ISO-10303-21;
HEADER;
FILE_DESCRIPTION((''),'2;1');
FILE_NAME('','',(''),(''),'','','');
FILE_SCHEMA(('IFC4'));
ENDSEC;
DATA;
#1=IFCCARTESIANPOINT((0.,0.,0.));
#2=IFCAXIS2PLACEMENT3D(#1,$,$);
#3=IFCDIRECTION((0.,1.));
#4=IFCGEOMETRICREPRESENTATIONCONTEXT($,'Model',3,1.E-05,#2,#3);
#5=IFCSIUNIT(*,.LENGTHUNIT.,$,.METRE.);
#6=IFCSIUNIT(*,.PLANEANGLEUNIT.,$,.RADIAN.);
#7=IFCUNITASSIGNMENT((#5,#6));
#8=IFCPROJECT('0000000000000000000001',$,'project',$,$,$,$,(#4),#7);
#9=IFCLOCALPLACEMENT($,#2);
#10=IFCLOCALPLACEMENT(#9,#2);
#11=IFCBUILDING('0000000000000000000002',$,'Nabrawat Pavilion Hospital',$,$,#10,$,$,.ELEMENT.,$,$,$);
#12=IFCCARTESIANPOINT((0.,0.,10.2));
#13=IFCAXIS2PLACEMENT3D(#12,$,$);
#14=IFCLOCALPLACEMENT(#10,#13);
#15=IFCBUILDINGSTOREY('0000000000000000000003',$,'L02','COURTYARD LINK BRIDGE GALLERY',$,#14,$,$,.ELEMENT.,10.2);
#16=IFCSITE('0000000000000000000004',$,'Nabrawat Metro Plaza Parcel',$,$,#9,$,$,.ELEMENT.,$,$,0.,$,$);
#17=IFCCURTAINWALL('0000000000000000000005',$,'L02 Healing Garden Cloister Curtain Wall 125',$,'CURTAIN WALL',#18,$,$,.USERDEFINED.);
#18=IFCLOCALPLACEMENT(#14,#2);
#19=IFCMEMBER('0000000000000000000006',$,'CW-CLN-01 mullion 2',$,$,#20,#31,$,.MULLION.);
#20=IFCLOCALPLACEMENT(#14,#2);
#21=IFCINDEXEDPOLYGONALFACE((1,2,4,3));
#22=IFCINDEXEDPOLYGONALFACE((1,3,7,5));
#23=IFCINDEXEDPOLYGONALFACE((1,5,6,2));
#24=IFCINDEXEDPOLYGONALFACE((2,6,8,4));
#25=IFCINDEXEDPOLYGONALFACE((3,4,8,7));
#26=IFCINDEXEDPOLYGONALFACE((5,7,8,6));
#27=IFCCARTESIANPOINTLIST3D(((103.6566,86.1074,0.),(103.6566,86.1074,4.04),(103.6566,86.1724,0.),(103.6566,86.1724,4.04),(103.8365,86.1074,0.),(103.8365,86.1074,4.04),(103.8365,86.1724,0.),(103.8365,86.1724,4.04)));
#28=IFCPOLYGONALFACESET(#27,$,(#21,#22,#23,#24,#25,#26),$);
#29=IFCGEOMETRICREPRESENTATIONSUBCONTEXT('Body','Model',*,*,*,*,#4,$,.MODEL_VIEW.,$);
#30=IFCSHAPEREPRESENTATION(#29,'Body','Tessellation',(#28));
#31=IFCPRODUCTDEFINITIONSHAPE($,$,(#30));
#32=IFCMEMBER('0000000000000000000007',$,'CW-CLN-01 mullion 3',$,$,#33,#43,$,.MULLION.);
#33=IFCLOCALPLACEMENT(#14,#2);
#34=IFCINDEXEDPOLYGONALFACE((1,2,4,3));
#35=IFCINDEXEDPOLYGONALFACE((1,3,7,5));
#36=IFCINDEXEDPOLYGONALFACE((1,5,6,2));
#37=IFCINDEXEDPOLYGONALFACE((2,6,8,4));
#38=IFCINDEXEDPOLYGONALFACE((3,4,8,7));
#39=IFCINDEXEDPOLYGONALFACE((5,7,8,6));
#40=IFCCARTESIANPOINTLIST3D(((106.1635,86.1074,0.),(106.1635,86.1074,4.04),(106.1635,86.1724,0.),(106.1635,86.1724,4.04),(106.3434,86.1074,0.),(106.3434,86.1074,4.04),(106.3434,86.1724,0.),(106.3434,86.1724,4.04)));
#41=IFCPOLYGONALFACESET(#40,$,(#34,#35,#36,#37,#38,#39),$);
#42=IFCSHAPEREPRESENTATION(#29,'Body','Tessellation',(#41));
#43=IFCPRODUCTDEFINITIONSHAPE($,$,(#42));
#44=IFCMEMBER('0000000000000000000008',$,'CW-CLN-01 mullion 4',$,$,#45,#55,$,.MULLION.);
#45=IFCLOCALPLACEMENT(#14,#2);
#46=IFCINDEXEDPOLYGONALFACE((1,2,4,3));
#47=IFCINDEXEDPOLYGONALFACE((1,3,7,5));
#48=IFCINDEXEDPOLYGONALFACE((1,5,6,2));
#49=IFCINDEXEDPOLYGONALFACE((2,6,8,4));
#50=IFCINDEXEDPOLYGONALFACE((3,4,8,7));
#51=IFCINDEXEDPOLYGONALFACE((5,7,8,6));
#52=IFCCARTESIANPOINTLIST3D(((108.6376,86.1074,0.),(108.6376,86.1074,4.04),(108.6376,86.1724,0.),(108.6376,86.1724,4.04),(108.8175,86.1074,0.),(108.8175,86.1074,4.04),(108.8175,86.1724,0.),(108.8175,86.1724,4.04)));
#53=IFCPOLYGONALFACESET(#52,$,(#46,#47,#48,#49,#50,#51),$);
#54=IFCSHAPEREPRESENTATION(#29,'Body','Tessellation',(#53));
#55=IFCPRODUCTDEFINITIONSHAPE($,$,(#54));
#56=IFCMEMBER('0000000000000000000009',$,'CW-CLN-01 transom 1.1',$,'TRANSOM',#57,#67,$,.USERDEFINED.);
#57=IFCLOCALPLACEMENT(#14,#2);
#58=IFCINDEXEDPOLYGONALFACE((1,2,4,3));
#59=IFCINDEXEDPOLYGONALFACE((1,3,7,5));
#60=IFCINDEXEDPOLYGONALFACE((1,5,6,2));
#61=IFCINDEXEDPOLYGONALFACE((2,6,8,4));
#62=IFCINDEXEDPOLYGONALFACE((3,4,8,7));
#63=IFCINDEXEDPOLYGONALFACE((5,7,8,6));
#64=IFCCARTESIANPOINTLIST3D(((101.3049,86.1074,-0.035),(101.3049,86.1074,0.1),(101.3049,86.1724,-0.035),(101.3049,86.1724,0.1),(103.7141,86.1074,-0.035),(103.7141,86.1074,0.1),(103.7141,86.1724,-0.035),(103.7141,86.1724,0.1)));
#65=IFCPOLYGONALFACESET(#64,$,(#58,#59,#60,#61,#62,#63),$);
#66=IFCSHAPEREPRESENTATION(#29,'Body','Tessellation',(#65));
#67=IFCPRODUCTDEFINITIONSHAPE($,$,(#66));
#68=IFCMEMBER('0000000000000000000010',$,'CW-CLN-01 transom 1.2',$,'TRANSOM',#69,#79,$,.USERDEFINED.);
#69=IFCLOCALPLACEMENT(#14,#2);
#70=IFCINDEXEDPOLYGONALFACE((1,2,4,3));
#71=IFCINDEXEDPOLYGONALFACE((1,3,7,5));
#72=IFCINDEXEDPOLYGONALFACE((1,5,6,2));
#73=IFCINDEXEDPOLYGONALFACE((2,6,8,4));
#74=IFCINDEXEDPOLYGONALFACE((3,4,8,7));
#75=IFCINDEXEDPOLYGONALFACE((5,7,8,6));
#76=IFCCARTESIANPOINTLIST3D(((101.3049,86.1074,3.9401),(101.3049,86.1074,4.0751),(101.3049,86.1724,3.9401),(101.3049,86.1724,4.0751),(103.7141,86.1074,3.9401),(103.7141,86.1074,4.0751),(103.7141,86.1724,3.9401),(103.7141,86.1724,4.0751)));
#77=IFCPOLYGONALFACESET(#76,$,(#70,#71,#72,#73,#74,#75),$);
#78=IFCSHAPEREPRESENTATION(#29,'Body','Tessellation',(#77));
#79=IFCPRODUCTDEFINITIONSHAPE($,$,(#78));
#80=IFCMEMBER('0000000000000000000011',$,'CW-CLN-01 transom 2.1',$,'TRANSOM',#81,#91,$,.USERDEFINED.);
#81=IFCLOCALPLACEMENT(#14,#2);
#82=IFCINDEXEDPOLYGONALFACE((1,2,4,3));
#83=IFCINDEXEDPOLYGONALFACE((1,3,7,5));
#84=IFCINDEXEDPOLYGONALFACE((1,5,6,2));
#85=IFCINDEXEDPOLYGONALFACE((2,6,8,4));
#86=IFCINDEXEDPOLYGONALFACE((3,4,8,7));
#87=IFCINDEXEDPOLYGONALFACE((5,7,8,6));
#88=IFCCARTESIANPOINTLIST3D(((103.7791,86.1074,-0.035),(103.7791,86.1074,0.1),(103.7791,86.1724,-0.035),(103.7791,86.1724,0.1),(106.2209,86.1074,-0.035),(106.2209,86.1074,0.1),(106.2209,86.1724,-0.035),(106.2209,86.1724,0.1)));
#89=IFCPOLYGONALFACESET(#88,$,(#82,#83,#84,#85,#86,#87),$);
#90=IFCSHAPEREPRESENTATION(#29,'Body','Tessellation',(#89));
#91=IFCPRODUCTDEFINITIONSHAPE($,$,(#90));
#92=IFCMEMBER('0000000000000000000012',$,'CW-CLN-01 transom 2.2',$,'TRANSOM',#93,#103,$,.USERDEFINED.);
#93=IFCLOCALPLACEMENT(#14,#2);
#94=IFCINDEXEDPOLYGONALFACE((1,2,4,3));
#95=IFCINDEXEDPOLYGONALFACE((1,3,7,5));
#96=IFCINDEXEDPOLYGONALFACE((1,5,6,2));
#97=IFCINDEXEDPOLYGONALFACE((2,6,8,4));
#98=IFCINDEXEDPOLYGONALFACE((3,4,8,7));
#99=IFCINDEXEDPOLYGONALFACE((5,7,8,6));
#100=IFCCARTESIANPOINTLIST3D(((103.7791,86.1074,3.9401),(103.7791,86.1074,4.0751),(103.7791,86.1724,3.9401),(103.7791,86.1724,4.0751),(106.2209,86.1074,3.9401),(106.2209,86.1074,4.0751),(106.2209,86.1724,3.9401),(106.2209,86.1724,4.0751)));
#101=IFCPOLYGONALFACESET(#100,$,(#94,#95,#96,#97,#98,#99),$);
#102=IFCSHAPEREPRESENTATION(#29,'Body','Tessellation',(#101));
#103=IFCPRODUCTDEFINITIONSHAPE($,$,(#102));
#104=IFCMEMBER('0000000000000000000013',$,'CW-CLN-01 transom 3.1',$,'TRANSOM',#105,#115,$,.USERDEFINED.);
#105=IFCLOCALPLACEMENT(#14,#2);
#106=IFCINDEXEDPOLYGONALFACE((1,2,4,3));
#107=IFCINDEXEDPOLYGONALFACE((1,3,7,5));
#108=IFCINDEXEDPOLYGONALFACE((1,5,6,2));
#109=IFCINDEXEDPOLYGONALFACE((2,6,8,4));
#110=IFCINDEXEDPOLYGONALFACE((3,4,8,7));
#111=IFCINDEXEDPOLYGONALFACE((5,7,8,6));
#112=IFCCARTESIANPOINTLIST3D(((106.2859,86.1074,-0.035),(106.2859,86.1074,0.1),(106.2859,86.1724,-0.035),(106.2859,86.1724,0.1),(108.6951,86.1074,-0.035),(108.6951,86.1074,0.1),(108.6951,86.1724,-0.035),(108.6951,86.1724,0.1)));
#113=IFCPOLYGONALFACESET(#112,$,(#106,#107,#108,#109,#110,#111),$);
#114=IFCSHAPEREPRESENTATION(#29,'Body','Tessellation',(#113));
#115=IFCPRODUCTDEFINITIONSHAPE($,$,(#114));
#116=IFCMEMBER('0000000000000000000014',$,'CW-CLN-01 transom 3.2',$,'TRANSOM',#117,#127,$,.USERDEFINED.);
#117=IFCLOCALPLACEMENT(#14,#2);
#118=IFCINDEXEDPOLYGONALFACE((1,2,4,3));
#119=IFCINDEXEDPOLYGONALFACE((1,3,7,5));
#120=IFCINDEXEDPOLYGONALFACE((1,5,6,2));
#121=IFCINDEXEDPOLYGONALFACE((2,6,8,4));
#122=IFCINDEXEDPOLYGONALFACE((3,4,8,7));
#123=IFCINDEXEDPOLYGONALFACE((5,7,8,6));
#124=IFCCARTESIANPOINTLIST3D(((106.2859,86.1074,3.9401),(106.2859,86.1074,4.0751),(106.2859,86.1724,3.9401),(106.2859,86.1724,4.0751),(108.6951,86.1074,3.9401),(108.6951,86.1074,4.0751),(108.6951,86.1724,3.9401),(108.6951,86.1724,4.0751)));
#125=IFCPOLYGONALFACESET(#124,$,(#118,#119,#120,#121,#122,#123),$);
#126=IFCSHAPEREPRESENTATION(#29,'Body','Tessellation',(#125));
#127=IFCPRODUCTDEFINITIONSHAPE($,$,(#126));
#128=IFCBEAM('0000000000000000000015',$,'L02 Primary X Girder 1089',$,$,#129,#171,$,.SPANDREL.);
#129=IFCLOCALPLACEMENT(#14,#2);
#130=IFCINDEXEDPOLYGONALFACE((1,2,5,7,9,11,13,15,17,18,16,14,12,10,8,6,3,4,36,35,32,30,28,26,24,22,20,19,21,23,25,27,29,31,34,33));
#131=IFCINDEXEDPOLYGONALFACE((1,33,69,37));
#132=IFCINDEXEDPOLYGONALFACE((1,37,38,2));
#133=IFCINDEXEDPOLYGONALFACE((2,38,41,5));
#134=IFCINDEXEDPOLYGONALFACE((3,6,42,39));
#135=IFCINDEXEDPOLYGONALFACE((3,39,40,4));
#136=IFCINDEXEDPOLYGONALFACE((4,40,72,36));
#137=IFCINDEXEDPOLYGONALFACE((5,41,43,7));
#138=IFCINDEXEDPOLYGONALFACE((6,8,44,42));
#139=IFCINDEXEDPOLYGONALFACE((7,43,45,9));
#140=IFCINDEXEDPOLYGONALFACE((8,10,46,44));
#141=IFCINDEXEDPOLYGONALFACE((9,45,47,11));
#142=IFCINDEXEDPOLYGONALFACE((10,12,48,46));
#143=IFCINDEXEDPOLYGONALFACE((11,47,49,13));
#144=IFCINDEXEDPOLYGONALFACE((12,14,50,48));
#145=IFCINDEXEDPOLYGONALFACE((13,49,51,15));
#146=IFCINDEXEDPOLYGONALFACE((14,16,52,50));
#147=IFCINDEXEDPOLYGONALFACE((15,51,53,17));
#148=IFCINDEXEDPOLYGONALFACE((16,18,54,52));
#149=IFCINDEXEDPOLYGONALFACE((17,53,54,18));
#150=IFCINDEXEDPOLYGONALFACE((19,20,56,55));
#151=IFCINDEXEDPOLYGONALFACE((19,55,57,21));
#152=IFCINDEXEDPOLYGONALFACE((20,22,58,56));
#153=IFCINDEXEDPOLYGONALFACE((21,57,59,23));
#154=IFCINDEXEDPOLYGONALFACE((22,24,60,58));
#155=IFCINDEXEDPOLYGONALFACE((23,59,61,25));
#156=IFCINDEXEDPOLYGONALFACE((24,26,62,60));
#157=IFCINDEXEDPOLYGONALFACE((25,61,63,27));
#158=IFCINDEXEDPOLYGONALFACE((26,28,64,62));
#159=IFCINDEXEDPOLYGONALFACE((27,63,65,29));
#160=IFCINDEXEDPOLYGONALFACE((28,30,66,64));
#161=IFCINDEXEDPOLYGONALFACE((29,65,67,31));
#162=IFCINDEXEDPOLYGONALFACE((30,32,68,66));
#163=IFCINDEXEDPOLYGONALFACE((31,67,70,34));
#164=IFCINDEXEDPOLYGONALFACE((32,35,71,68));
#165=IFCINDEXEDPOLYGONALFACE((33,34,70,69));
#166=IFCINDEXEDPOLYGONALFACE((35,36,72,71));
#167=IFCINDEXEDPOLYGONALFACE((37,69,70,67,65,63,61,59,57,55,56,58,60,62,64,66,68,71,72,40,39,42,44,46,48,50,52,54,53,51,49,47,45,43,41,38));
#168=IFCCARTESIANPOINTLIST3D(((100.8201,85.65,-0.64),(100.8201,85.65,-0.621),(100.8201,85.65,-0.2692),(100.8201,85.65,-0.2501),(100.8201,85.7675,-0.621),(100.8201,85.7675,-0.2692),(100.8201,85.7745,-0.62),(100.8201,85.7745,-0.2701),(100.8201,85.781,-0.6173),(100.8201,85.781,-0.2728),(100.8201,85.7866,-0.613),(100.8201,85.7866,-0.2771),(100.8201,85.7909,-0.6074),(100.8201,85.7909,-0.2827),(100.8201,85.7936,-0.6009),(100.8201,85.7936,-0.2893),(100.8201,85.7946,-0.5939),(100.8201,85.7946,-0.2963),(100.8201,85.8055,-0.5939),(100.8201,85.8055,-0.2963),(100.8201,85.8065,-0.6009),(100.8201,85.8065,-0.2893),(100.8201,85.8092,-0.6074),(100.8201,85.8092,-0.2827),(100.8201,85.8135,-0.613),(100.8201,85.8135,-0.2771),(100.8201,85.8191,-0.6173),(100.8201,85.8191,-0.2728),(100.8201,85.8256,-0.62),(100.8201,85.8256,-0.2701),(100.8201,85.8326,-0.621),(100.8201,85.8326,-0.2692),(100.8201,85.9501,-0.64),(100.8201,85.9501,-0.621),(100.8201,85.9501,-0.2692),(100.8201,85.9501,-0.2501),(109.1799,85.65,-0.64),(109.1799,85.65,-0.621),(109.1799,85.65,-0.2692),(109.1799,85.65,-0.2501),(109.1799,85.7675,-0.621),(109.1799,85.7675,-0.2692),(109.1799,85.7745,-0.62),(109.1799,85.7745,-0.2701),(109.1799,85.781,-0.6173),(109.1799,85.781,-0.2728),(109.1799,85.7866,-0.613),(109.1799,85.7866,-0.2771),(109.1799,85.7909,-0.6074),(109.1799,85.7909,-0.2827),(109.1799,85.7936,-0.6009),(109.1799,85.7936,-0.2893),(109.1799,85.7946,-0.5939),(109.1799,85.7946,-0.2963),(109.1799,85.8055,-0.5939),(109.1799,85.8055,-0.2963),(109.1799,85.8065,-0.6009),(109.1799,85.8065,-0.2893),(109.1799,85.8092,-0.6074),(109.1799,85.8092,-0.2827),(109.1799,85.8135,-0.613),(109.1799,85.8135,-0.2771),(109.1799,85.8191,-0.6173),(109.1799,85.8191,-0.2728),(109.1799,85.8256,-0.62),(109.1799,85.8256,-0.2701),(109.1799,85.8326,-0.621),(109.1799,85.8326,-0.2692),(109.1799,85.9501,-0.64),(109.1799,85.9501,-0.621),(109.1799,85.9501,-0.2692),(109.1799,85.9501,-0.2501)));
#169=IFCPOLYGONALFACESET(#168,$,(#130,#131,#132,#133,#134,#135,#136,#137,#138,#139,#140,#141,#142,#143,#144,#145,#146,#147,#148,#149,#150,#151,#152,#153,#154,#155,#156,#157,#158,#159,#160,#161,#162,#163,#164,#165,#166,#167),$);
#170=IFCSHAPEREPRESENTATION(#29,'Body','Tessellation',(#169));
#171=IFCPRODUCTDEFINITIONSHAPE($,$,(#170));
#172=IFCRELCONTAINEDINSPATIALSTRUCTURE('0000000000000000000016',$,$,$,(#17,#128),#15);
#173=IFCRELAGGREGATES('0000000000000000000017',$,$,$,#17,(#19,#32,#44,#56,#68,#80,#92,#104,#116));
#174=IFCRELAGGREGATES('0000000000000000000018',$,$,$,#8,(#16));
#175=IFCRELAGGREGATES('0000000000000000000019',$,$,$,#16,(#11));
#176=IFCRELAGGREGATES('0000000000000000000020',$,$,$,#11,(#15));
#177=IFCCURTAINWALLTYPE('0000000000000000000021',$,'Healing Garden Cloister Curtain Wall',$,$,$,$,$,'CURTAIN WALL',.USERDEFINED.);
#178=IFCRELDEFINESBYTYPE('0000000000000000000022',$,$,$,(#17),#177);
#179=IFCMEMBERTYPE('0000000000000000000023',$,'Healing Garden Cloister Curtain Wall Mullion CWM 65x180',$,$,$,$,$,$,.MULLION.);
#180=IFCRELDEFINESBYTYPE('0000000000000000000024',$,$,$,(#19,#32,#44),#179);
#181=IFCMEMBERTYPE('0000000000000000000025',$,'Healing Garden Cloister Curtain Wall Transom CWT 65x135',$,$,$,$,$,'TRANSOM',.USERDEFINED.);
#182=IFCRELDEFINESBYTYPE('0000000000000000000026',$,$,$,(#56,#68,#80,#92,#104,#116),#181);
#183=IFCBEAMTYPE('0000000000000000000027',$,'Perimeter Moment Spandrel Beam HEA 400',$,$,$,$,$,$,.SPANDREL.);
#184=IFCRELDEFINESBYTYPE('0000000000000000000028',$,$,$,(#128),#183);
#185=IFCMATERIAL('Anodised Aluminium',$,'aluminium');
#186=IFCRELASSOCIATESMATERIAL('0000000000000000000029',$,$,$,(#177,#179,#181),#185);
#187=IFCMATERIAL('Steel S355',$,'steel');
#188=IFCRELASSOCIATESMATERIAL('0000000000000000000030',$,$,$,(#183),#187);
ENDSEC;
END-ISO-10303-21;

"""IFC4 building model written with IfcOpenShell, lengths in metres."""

from ifc_helpers import new_model, si_unit, direction, frame, origin, origin_2d, place, context, subcontext, project, spatial, rectangle, i_section, extrude, material, material_profile, profile_set, type_object, element, aggregate, save


model = new_model("IFC4")

# Units and contexts
model_context = context("Model", 3, precision=1e-05, world=origin(), true_north=direction((0.0, 1.0)))
body_context = subcontext(model_context, "Body", "Model", "MODEL_VIEW")
ifc_project = project(units=[si_unit("LENGTHUNIT", "METRE"), si_unit("PLANEANGLEUNIT", "RADIAN")], contexts=[model_context])

# Site, building, storey
site_placement = place(None, origin())
site = spatial("IfcSite", under=ifc_project, at=site_placement, Name="Nabrawat Metro Plaza Parcel", CompositionType="ELEMENT", RefElevation=0.0)
building_placement = place(site_placement, origin())
building = spatial("IfcBuilding", under=site, at=building_placement, Name="Nabrawat Pavilion Hospital", CompositionType="ELEMENT")
storey_placement = place(building_placement, frame((0.0, 0.0, 10.2)))
storey = spatial("IfcBuildingStorey", under=building, at=storey_placement, Name="L02", Description="COURTYARD LINK BRIDGE GALLERY", CompositionType="ELEMENT", Elevation=10.2)

# Shared definitions
ifc_material_1 = material(Name="Steel S355", Category="steel")

# Shared definitions
ifc_material_2 = material(Name="Anodised Aluminium", Category="aluminium")

# Curtain wall, members
curtain_wall_type_1 = type_object("IfcCurtainWallType", Name="Healing Garden Cloister Curtain Wall", ElementType="CURTAIN WALL", PredefinedType="USERDEFINED", material=ifc_material_2)
curtain_wall_1_placement = place(storey_placement, origin())
curtain_wall_1 = element("IfcCurtainWall", 1, at=curtain_wall_1_placement, inside=storey, type_object=curtain_wall_type_1, Name="L02 Healing Garden Cloister Curtain Wall 125", ObjectType="CURTAIN WALL", PredefinedType="USERDEFINED")
ifc_material_profile_1 = material_profile(ifc_material_2, rectangle(XDim=0.0649, YDim=0.1799, at=origin_2d()), Name="CWM 65x180")
ifc_profile_set_1 = profile_set([ifc_material_profile_1], Name="Anodised Aluminium")
member_type_1 = type_object("IfcMemberType", Name="Healing Garden Cloister Curtain Wall Mullion CWM 65x180", PredefinedType="MULLION", material=ifc_profile_set_1)
member_1_placement = place(storey_placement, frame((103.7466, 86.1399, 0.0), z_axis=(0.0, 0.0, 1.0), x_axis=(0.0, 1.0, 0.0)))
member_1 = element("IfcMember", 2, at=member_1_placement, type_object=member_type_1, Name="CW-CLN-01 mullion 2", PredefinedType="MULLION", context=body_context, shape_type="SweptSolid", body=[
    extrude(rectangle(XDim=0.0649, YDim=0.1799, at=origin_2d()), origin(), (0.0, 0.0, 1.0), 4.04),
])
member_2_placement = place(storey_placement, frame((106.2534, 86.1399, 0.0), z_axis=(0.0, 0.0, 1.0), x_axis=(0.0, 1.0, 0.0)))
member_2 = element("IfcMember", 3, at=member_2_placement, type_object=member_type_1, Name="CW-CLN-01 mullion 3", PredefinedType="MULLION", context=body_context, shape_type="SweptSolid", body=[
    extrude(rectangle(XDim=0.0649, YDim=0.1799, at=origin_2d()), origin(), (0.0, 0.0, 1.0), 4.04),
])
member_3_placement = place(storey_placement, frame((108.7275, 86.1399, 0.0), z_axis=(0.0, 0.0, 1.0), x_axis=(0.0, 1.0, 0.0)))
member_3 = element("IfcMember", 4, at=member_3_placement, type_object=member_type_1, Name="CW-CLN-01 mullion 4", PredefinedType="MULLION", context=body_context, shape_type="SweptSolid", body=[
    extrude(rectangle(XDim=0.0649, YDim=0.1799, at=origin_2d()), origin(), (0.0, 0.0, 1.0), 4.04),
])
ifc_material_profile_2 = material_profile(ifc_material_2, rectangle(XDim=0.0649, YDim=0.135, at=origin_2d()), Name="CWT 65x135")
ifc_profile_set_2 = profile_set([ifc_material_profile_2], Name="Anodised Aluminium")
member_type_2 = type_object("IfcMemberType", Name="Healing Garden Cloister Curtain Wall Transom CWT 65x135", ElementType="TRANSOM", PredefinedType="USERDEFINED", material=ifc_profile_set_2)
member_4_placement = place(storey_placement, frame((101.3049, 86.1399, 0.0325), z_axis=(1.0, 0.0, 0.0), x_axis=(0.0, 1.0, 0.0)))
member_4 = element("IfcMember", 5, at=member_4_placement, type_object=member_type_2, Name="CW-CLN-01 transom 1.1", ObjectType="TRANSOM", PredefinedType="USERDEFINED", context=body_context, shape_type="SweptSolid", body=[
    extrude(rectangle(XDim=0.0649, YDim=0.135, at=origin_2d()), origin(), (0.0, 0.0, 1.0), 2.4092),
])
member_5_placement = place(storey_placement, frame((101.3049, 86.1399, 4.0076), z_axis=(1.0, 0.0, 0.0), x_axis=(0.0, 1.0, 0.0)))
member_5 = element("IfcMember", 6, at=member_5_placement, type_object=member_type_2, Name="CW-CLN-01 transom 1.2", ObjectType="TRANSOM", PredefinedType="USERDEFINED", context=body_context, shape_type="SweptSolid", body=[
    extrude(rectangle(XDim=0.0649, YDim=0.135, at=origin_2d()), origin(), (0.0, 0.0, 1.0), 2.4092),
])
member_6_placement = place(storey_placement, frame((103.7791, 86.1399, 0.0325), z_axis=(1.0, 0.0, 0.0), x_axis=(0.0, 1.0, 0.0)))
member_6 = element("IfcMember", 7, at=member_6_placement, type_object=member_type_2, Name="CW-CLN-01 transom 2.1", ObjectType="TRANSOM", PredefinedType="USERDEFINED", context=body_context, shape_type="SweptSolid", body=[
    extrude(rectangle(XDim=0.0649, YDim=0.135, at=origin_2d()), origin(), (0.0, 0.0, 1.0), 2.4419),
])
member_7_placement = place(storey_placement, frame((103.7791, 86.1399, 4.0076), z_axis=(1.0, 0.0, 0.0), x_axis=(0.0, 1.0, 0.0)))
member_7 = element("IfcMember", 8, at=member_7_placement, type_object=member_type_2, Name="CW-CLN-01 transom 2.2", ObjectType="TRANSOM", PredefinedType="USERDEFINED", context=body_context, shape_type="SweptSolid", body=[
    extrude(rectangle(XDim=0.0649, YDim=0.135, at=origin_2d()), origin(), (0.0, 0.0, 1.0), 2.4419),
])
member_8_placement = place(storey_placement, frame((106.2859, 86.1399, 0.0325), z_axis=(1.0, 0.0, 0.0), x_axis=(0.0, 1.0, 0.0)))
member_8 = element("IfcMember", 9, at=member_8_placement, type_object=member_type_2, Name="CW-CLN-01 transom 3.1", ObjectType="TRANSOM", PredefinedType="USERDEFINED", context=body_context, shape_type="SweptSolid", body=[
    extrude(rectangle(XDim=0.0649, YDim=0.135, at=origin_2d()), origin(), (0.0, 0.0, 1.0), 2.4092),
])
member_9_placement = place(storey_placement, frame((106.2859, 86.1399, 4.0076), z_axis=(1.0, 0.0, 0.0), x_axis=(0.0, 1.0, 0.0)))
member_9 = element("IfcMember", 10, at=member_9_placement, type_object=member_type_2, Name="CW-CLN-01 transom 3.2", ObjectType="TRANSOM", PredefinedType="USERDEFINED", context=body_context, shape_type="SweptSolid", body=[
    extrude(rectangle(XDim=0.0649, YDim=0.135, at=origin_2d()), origin(), (0.0, 0.0, 1.0), 2.4092),
])

# Beam
ifc_material_profile_3 = material_profile(ifc_material_1, i_section(OverallWidth=0.3, OverallDepth=0.3899, WebThickness=0.011, FlangeThickness=0.019, FilletRadius=0.0271, at=origin_2d()), Name="HEA 400")
ifc_profile_set_3 = profile_set([ifc_material_profile_3], Name="Steel S355")
beam_type_1 = type_object("IfcBeamType", Name="Perimeter Moment Spandrel Beam HEA 400", PredefinedType="SPANDREL", material=ifc_profile_set_3)
beam_1_placement = place(storey_placement, frame((100.8201, 85.8, -0.4451), z_axis=(1.0, 0.0, 0.0), x_axis=(0.0, 1.0, 0.0)))
element("IfcBeam", 11, at=beam_1_placement, inside=storey, type_object=beam_type_1, Name="L02 Primary X Girder 1089", PredefinedType="SPANDREL", context=body_context, shape_type="SweptSolid", body=[
    extrude(i_section(OverallWidth=0.3, OverallDepth=0.3899, WebThickness=0.011, FlangeThickness=0.019, FilletRadius=0.0271, at=origin_2d()), origin(), (0.0, 0.0, 1.0), 8.3599),
])

aggregate(curtain_wall_1, [member_1, member_2, member_3, member_4, member_5, member_6, member_7, member_8, member_9])

save(model, "model.ifc")
